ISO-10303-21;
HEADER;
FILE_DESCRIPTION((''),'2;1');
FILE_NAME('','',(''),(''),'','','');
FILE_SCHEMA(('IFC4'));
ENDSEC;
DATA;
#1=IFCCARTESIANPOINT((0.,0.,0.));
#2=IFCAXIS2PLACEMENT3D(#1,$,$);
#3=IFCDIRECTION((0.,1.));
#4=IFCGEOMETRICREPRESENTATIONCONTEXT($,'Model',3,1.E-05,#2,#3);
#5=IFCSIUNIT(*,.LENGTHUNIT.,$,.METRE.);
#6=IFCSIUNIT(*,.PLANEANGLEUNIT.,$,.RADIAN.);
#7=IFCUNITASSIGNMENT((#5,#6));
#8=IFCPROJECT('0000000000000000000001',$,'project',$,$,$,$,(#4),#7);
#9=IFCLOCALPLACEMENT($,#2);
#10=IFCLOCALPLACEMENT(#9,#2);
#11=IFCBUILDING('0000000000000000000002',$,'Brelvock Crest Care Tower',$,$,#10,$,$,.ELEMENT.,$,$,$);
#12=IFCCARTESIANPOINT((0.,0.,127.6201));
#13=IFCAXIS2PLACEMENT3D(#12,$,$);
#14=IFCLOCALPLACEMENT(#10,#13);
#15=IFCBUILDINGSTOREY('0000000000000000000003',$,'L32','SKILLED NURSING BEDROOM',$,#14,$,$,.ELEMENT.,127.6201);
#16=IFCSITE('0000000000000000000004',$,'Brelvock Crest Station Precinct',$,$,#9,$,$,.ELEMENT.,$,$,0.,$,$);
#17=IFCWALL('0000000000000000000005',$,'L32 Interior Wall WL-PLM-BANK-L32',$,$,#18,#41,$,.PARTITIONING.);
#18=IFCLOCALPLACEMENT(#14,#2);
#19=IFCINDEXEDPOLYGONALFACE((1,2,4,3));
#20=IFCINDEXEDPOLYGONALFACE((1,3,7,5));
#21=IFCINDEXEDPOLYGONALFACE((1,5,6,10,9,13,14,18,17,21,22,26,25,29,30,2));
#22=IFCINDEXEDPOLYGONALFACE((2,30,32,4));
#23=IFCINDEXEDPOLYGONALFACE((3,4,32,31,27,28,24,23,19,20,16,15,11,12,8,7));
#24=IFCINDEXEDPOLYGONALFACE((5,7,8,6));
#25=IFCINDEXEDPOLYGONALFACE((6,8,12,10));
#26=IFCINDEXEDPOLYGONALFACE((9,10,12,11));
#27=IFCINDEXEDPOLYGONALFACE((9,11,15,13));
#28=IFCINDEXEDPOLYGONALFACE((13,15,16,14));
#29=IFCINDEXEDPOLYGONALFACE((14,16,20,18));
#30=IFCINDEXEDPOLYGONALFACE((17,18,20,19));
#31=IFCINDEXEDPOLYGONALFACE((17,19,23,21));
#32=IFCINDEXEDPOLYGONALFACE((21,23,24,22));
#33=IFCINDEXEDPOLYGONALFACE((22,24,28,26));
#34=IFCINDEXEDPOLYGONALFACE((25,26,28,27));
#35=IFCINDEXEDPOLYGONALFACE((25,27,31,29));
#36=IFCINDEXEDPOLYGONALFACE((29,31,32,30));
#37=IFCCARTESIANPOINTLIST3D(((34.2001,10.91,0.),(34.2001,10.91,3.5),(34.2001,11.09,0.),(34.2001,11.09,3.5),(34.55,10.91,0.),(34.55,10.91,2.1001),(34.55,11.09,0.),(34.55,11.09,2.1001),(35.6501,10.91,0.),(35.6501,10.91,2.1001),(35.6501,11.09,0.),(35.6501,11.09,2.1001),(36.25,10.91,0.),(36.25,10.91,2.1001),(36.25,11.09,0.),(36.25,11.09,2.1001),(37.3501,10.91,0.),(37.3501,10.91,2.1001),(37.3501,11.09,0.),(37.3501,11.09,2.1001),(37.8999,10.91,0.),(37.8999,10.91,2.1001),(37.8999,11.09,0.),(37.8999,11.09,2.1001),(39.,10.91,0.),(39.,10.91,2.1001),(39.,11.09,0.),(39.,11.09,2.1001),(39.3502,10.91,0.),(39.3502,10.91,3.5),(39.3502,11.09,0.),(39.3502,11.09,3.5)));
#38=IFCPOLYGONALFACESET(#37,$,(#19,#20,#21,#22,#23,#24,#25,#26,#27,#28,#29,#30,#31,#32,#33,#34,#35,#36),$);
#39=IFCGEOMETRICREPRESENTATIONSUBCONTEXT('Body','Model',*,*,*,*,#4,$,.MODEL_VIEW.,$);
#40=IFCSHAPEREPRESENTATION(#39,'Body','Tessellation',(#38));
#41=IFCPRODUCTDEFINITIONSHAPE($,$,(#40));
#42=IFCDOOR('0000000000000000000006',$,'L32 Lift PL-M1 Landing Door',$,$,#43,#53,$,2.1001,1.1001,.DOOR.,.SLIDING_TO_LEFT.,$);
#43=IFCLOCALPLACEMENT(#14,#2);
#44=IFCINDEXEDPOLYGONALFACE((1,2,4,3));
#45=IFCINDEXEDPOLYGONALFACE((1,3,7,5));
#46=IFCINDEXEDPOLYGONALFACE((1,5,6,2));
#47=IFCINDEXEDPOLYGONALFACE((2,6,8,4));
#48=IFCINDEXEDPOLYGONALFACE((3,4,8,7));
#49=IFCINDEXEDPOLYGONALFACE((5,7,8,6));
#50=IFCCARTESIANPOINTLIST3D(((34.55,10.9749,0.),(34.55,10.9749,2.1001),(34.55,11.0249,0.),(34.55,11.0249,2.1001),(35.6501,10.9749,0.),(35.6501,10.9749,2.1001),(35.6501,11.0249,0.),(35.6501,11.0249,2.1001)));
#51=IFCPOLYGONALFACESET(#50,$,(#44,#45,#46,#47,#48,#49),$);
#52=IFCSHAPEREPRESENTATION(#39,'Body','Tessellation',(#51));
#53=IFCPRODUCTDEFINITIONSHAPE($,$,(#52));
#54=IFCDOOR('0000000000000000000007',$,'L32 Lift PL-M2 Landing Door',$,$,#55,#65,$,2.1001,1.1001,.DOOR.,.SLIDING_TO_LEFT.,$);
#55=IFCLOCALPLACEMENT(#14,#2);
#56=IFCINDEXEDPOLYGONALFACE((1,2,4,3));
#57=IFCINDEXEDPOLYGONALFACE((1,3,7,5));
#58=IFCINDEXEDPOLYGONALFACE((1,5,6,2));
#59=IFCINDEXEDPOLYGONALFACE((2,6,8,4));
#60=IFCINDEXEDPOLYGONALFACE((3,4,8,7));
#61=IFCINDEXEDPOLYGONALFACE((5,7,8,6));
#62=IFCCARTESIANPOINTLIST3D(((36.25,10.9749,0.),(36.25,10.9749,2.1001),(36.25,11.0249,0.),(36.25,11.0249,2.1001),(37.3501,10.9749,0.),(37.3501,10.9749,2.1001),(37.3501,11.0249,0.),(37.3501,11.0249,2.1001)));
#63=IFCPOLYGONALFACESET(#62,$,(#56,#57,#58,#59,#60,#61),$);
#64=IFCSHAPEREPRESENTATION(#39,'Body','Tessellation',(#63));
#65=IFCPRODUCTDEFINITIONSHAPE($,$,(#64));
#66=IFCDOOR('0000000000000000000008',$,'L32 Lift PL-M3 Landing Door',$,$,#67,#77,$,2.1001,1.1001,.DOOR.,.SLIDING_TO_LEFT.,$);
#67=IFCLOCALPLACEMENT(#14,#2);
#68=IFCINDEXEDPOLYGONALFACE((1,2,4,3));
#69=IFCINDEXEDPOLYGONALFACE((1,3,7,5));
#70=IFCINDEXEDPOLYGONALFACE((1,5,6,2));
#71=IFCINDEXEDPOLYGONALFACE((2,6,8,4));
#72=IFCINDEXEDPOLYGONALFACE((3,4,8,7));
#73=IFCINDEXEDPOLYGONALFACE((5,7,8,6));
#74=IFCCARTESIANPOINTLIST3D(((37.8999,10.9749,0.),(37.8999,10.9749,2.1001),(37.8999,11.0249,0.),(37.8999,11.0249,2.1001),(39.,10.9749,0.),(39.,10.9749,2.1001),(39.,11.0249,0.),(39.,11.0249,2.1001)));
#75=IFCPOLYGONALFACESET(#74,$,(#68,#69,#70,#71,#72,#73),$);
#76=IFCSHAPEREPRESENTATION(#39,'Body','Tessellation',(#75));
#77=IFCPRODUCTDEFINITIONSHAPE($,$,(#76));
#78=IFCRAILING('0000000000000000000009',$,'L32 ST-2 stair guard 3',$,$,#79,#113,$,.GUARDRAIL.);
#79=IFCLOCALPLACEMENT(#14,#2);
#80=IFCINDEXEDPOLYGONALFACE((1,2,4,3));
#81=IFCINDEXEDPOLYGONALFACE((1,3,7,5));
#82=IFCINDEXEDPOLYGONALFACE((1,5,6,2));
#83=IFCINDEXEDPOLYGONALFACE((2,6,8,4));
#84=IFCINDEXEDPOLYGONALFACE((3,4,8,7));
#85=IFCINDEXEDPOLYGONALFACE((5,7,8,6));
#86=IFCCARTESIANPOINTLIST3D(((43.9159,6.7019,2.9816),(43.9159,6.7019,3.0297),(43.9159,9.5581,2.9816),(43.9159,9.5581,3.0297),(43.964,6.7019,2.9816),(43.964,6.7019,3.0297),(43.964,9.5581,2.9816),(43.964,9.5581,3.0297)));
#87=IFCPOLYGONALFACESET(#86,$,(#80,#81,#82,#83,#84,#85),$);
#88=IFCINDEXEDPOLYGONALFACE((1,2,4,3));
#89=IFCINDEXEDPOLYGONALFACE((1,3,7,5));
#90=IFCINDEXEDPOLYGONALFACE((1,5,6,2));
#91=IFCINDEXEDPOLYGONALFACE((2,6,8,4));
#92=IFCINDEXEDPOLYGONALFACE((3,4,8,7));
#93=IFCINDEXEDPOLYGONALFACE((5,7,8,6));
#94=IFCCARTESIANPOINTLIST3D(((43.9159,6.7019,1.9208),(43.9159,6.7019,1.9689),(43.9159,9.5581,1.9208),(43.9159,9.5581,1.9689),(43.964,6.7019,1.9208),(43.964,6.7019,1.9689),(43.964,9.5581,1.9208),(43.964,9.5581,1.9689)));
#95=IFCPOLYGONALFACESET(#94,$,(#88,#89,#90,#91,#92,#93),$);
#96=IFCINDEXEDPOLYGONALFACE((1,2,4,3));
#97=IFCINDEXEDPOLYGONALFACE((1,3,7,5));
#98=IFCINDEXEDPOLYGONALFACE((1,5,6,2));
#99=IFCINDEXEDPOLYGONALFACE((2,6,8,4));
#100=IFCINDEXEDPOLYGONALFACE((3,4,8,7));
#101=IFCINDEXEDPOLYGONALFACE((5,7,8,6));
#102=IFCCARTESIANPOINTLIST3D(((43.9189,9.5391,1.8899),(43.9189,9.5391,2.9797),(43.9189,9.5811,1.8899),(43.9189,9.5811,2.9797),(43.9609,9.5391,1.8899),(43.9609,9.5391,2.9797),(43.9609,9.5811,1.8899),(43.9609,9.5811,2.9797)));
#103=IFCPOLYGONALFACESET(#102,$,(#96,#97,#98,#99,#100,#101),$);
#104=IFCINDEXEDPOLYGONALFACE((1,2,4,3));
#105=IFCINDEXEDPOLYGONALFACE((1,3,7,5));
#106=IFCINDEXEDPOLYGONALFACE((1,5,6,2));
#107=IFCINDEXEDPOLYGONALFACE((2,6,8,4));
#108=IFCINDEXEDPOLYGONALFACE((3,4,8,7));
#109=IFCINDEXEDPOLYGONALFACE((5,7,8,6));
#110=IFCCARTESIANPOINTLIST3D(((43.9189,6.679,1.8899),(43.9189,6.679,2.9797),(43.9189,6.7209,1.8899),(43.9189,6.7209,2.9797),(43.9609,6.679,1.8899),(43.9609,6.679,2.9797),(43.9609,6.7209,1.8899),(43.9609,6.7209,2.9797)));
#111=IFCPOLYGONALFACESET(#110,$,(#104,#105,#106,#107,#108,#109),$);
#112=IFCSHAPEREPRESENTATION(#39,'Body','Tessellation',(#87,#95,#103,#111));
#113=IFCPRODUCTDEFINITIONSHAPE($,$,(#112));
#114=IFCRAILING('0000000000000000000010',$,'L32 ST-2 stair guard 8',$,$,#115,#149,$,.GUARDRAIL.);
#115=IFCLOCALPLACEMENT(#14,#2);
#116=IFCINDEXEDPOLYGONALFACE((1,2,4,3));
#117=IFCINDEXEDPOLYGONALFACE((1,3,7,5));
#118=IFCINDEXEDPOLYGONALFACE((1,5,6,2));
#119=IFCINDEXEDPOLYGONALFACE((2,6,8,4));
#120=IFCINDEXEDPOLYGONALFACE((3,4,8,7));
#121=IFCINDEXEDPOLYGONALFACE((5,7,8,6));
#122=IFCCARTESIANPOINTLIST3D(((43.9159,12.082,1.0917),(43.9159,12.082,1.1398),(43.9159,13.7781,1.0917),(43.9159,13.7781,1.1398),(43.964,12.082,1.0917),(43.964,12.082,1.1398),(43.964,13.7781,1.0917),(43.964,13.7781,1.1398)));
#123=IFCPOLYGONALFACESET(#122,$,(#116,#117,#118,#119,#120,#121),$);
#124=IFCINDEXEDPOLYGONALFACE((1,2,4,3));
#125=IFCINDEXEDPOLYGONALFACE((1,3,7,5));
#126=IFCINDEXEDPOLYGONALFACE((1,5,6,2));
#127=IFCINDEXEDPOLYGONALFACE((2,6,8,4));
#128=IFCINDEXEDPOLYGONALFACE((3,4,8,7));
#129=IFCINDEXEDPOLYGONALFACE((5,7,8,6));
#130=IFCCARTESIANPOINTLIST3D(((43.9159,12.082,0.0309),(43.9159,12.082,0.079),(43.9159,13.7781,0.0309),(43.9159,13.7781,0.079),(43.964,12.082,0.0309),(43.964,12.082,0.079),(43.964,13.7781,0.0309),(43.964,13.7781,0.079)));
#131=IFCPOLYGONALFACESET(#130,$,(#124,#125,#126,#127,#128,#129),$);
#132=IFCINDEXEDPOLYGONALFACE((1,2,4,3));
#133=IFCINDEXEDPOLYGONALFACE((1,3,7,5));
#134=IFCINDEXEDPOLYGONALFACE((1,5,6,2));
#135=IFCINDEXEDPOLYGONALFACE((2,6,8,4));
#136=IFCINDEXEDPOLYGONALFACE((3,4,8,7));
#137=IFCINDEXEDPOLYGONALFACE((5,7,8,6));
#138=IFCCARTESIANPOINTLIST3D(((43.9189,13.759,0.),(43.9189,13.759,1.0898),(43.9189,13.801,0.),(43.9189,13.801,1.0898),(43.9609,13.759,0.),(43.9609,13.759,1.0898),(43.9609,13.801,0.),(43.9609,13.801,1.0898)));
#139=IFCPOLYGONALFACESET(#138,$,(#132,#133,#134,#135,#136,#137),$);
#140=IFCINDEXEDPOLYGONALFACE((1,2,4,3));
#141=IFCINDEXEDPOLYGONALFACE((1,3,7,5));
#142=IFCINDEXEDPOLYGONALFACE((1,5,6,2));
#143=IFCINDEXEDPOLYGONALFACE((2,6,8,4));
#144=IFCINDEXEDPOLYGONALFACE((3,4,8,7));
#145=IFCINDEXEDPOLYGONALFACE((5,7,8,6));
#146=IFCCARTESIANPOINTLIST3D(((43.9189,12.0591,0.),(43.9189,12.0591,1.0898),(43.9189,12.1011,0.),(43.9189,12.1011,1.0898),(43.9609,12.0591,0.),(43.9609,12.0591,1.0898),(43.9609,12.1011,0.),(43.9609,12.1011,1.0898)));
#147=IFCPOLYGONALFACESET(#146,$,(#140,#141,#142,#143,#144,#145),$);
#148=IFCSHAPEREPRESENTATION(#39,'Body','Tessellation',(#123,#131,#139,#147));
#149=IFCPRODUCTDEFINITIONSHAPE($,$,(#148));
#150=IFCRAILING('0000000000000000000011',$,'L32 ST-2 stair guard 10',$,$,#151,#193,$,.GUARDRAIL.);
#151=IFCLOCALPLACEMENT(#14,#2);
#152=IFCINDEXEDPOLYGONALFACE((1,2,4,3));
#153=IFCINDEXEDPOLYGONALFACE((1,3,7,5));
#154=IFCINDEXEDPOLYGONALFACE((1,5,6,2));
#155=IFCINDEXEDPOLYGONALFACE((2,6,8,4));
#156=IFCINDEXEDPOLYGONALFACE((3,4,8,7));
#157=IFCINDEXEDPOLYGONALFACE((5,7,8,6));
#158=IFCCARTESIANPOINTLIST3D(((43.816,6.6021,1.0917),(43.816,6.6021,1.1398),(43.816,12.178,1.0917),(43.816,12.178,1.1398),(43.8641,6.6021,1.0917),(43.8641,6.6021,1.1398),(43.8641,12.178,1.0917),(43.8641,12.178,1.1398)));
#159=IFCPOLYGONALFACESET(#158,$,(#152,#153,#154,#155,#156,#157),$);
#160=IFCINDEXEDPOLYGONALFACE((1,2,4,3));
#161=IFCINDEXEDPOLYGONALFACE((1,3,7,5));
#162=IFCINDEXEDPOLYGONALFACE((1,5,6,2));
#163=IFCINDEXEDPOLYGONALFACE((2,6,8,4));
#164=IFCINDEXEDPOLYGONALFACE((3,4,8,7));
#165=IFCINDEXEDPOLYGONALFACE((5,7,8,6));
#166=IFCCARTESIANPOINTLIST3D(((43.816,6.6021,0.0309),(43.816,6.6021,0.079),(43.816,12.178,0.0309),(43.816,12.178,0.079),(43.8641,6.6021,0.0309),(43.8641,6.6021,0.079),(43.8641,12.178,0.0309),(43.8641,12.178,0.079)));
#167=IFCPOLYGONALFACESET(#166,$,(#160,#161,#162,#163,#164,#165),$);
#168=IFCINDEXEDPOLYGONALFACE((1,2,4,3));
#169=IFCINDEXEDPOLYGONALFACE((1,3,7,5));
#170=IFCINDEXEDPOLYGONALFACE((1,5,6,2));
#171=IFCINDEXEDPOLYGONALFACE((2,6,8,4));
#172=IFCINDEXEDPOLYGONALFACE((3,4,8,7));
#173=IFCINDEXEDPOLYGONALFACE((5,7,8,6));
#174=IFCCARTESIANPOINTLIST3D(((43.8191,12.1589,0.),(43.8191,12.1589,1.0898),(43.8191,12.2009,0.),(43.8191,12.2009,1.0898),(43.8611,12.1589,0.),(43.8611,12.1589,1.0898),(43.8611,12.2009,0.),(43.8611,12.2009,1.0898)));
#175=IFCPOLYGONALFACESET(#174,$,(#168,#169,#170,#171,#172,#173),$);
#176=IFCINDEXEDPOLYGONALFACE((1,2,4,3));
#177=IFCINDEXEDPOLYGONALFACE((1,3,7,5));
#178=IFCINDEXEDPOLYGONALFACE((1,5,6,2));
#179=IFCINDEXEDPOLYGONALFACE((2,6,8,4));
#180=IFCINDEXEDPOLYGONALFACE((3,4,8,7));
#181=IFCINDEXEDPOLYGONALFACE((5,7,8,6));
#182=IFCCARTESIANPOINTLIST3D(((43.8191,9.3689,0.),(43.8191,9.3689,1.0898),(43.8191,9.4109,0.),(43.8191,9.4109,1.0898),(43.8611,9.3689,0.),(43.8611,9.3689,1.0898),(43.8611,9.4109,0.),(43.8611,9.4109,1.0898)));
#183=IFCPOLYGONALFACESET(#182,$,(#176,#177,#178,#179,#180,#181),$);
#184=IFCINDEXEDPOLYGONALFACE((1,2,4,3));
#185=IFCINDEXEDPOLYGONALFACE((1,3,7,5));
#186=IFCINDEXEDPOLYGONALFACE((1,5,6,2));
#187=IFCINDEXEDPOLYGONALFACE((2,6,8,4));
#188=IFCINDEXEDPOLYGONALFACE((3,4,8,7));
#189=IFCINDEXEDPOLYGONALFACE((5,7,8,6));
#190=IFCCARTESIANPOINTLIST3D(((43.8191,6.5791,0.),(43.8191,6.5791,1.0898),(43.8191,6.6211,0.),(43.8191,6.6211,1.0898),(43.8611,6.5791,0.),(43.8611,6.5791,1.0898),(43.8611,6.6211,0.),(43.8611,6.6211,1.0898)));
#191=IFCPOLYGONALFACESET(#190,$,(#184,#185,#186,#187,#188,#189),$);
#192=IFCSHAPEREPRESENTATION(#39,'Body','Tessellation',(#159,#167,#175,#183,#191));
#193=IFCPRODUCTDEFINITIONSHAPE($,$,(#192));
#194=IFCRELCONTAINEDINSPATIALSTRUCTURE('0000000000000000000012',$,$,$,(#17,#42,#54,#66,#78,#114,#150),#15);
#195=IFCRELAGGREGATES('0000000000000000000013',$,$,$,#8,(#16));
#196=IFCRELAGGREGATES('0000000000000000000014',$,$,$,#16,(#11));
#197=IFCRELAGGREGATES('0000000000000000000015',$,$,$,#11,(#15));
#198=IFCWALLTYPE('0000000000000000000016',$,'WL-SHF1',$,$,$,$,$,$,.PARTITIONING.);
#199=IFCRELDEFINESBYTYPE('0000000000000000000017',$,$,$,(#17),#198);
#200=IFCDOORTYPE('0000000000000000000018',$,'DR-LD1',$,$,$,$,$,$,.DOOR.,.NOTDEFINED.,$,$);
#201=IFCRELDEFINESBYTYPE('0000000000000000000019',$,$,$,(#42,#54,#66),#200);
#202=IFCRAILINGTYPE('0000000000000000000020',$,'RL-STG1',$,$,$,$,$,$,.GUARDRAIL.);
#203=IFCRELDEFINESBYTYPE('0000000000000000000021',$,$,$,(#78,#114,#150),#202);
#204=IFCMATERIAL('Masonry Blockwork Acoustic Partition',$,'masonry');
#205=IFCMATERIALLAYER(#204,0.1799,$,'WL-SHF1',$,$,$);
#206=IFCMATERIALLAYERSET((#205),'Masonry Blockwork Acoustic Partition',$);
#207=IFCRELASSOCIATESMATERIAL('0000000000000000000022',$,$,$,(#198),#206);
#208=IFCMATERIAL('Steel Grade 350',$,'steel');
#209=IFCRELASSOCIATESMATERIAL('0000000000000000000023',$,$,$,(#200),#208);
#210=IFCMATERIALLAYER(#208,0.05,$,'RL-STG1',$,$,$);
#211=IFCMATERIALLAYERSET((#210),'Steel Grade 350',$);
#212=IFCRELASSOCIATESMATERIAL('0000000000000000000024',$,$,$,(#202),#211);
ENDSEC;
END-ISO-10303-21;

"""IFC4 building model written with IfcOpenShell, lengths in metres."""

from ifc_helpers import new_model, si_unit, direction, frame, frame_2d, origin, origin_2d, place, context, subcontext, project, spatial, rectangle, extrude, source, transform, mapped, material, layer, layer_set, type_object, element, fill, save


model = new_model("IFC4")

# Units and contexts
model_context = context("Model", 3, precision=1e-05, world=origin(), true_north=direction((0.0, 1.0)))
body_context = subcontext(model_context, "Body", "Model", "MODEL_VIEW")
ifc_project = project(units=[si_unit("LENGTHUNIT", "METRE"), si_unit("PLANEANGLEUNIT", "RADIAN")], contexts=[model_context])

# Site, building, storey
site_placement = place(None, origin())
site = spatial("IfcSite", under=ifc_project, at=site_placement, Name="Brelvock Crest Station Precinct", CompositionType="ELEMENT", RefElevation=0.0)
building_placement = place(site_placement, origin())
building = spatial("IfcBuilding", under=site, at=building_placement, Name="Brelvock Crest Care Tower", CompositionType="ELEMENT")
storey_placement = place(building_placement, frame((0.0, 0.0, 127.6201)))
storey = spatial("IfcBuildingStorey", under=building, at=storey_placement, Name="L32", Description="SKILLED NURSING BEDROOM", CompositionType="ELEMENT", Elevation=127.6201)

# Shared definitions
ifc_material_1 = material(Name="Steel Grade 350", Category="steel")

# Shared definitions
ifc_material_2 = material(Name="Masonry Blockwork Acoustic Partition", Category="masonry")

# Shared definitions
ifc_layer_1 = layer(ifc_material_2, 0.1799, Name="WL-SHF1")
ifc_layer_set_1 = layer_set([ifc_layer_1], Name="Masonry Blockwork Acoustic Partition")
wall_type_1 = type_object("IfcWallType", Name="WL-SHF1", PredefinedType="PARTITIONING", material=ifc_layer_set_1)

# Shared definitions
door_type_1 = type_object("IfcDoorType", Name="DR-LD1", OperationType="NOTDEFINED", PredefinedType="DOOR", material=ifc_material_1)
shared_shape_1 = source(origin(), body_context, "Body", "SweptSolid", [
    extrude(rectangle(XDim=1.1001, YDim=2.1001, at=origin_2d()), frame((0.55, 0.0249, 1.05), z_axis=(0.0, -1.0, 0.0), x_axis=(1.0, 0.0, 0.0)), (0.0, 0.0, 1.0), 0.05),
])

# Wall, openings, doors
wall_1_placement = place(storey_placement, frame((34.2, 11.0, 0.0), z_axis=(0.0, 0.0, 1.0), x_axis=(1.0, 0.0, 0.0)))
wall_1 = element("IfcWall", 1, at=wall_1_placement, inside=storey, type_object=wall_type_1, Name="L32 Interior Wall WL-PLM-BANK-L32", PredefinedType="PARTITIONING", context=body_context, shape_type="SweptSolid", body=[
    extrude(rectangle(XDim=5.1501, YDim=0.1799, at=frame_2d((2.5752, 0.0))), origin(), (0.0, 0.0, 1.0), 3.5),
])
opening_1_placement = place(wall_1_placement, frame((0.3501, 0.0, 0.0)))
opening_1 = element("IfcOpeningElement", 2, at=opening_1_placement, cuts=wall_1, PredefinedType="OPENING", context=body_context, shape_type="SweptSolid", body=[
    extrude(rectangle(XDim=1.1001, YDim=2.1001, at=origin_2d()), frame((0.55, 0.1001, 1.05), z_axis=(0.0, -1.0, 0.0), x_axis=(1.0, 0.0, 0.0)), (0.0, 0.0, 1.0), 0.2),
])
opening_2_placement = place(wall_1_placement, frame((2.05, 0.0, 0.0)))
opening_2 = element("IfcOpeningElement", 3, at=opening_2_placement, cuts=wall_1, PredefinedType="OPENING", context=body_context, shape_type="SweptSolid", body=[
    extrude(rectangle(XDim=1.1001, YDim=2.1001, at=origin_2d()), frame((0.55, 0.1001, 1.05), z_axis=(0.0, -1.0, 0.0), x_axis=(1.0, 0.0, 0.0)), (0.0, 0.0, 1.0), 0.2),
])
opening_3_placement = place(wall_1_placement, frame((3.7, 0.0, 0.0)))
opening_3 = element("IfcOpeningElement", 4, at=opening_3_placement, cuts=wall_1, PredefinedType="OPENING", context=body_context, shape_type="SweptSolid", body=[
    extrude(rectangle(XDim=1.1001, YDim=2.1001, at=origin_2d()), frame((0.55, 0.1001, 1.05), z_axis=(0.0, -1.0, 0.0), x_axis=(1.0, 0.0, 0.0)), (0.0, 0.0, 1.0), 0.2),
])
door_1_placement = place(opening_1_placement, origin())
door_1 = element("IfcDoor", 5, at=door_1_placement, inside=storey, type_object=door_type_1, Name="L32 Lift PL-M1 Landing Door", OperationType="SLIDING_TO_LEFT", OverallHeight=2.1001, OverallWidth=1.1001, PredefinedType="DOOR", context=body_context, shape_type="MappedRepresentation", body=[
    mapped(shared_shape_1, transform((0.0, 0.0, 0.0), x_axis=(1.0, 0.0, 0.0), y_axis=(0.0, 1.0, 0.0), z_axis=(0.0, 0.0, 1.0), scale=1.0)),
])
fill(opening_1, door_1)
door_2_placement = place(opening_2_placement, origin())
door_2 = element("IfcDoor", 6, at=door_2_placement, inside=storey, type_object=door_type_1, Name="L32 Lift PL-M2 Landing Door", OperationType="SLIDING_TO_LEFT", OverallHeight=2.1001, OverallWidth=1.1001, PredefinedType="DOOR", context=body_context, shape_type="MappedRepresentation", body=[
    mapped(shared_shape_1, transform((0.0, 0.0, 0.0), x_axis=(1.0, 0.0, 0.0), y_axis=(0.0, 1.0, 0.0), z_axis=(0.0, 0.0, 1.0), scale=1.0)),
])
fill(opening_2, door_2)
door_3_placement = place(opening_3_placement, origin())
door_3 = element("IfcDoor", 7, at=door_3_placement, inside=storey, type_object=door_type_1, Name="L32 Lift PL-M3 Landing Door", OperationType="SLIDING_TO_LEFT", OverallHeight=2.1001, OverallWidth=1.1001, PredefinedType="DOOR", context=body_context, shape_type="MappedRepresentation", body=[
    mapped(shared_shape_1, transform((0.0, 0.0, 0.0), x_axis=(1.0, 0.0, 0.0), y_axis=(0.0, 1.0, 0.0), z_axis=(0.0, 0.0, 1.0), scale=1.0)),
])
fill(opening_3, door_3)

# Railings
ifc_layer_2 = layer(ifc_material_1, 0.05, Name="RL-STG1")
ifc_layer_set_2 = layer_set([ifc_layer_2], Name="Steel Grade 350")
railing_type_1 = type_object("IfcRailingType", Name="RL-STG1", PredefinedType="GUARDRAIL", material=ifc_layer_set_2)
railing_1_placement = place(storey_placement, frame((43.9399, 9.5601, 1.8899)))
element("IfcRailing", 8, at=railing_1_placement, inside=storey, type_object=railing_type_1, Name="L32 ST-2 stair guard 3", PredefinedType="GUARDRAIL", context=body_context, shape_type="SweptSolid", body=[
    extrude(rectangle(XDim=0.0481, YDim=0.0481, at=origin_2d()), frame((0.0, -0.002, 1.1157), z_axis=(0.0, -1.0, 0.0), x_axis=(1.0, 0.0, 0.0)), (0.0, 0.0, 1.0), 2.8562),
    extrude(rectangle(XDim=0.0481, YDim=0.0481, at=origin_2d()), frame((0.0, -0.002, 0.0549), z_axis=(0.0, -1.0, 0.0), x_axis=(1.0, 0.0, 0.0)), (0.0, 0.0, 1.0), 2.8562),
    extrude(rectangle(XDim=0.042, YDim=0.042, at=origin_2d()), origin(), (0.0, 0.0, 1.0), 1.0898),
    extrude(rectangle(XDim=0.042, YDim=0.042, at=origin_2d()), frame((0.0, -2.8601, 0.0)), (0.0, 0.0, 1.0), 1.0898),
])
railing_2_placement = place(storey_placement, frame((43.9399, 13.78, 0.0)))
element("IfcRailing", 9, at=railing_2_placement, inside=storey, type_object=railing_type_1, Name="L32 ST-2 stair guard 8", PredefinedType="GUARDRAIL", context=body_context, shape_type="SweptSolid", body=[
    extrude(rectangle(XDim=0.0481, YDim=0.0481, at=origin_2d()), frame((0.0, -0.002, 1.1157), z_axis=(0.0, -1.0, 0.0), x_axis=(1.0, 0.0, 0.0)), (0.0, 0.0, 1.0), 1.696),
    extrude(rectangle(XDim=0.0481, YDim=0.0481, at=origin_2d()), frame((0.0, -0.002, 0.0549), z_axis=(0.0, -1.0, 0.0), x_axis=(1.0, 0.0, 0.0)), (0.0, 0.0, 1.0), 1.696),
    extrude(rectangle(XDim=0.042, YDim=0.042, at=origin_2d()), origin(), (0.0, 0.0, 1.0), 1.0898),
    extrude(rectangle(XDim=0.042, YDim=0.042, at=origin_2d()), frame((0.0, -1.7, 0.0)), (0.0, 0.0, 1.0), 1.0898),
])
railing_3_placement = place(storey_placement, frame((43.8401, 12.1799, 0.0)))
element("IfcRailing", 10, at=railing_3_placement, inside=storey, type_object=railing_type_1, Name="L32 ST-2 stair guard 10", PredefinedType="GUARDRAIL", context=body_context, shape_type="SweptSolid", body=[
    extrude(rectangle(XDim=0.0481, YDim=0.0481, at=origin_2d()), frame((0.0, -0.002, 1.1157), z_axis=(0.0, -1.0, 0.0), x_axis=(1.0, 0.0, 0.0)), (0.0, 0.0, 1.0), 5.5759),
    extrude(rectangle(XDim=0.0481, YDim=0.0481, at=origin_2d()), frame((0.0, -0.002, 0.0549), z_axis=(0.0, -1.0, 0.0), x_axis=(1.0, 0.0, 0.0)), (0.0, 0.0, 1.0), 5.5759),
    extrude(rectangle(XDim=0.042, YDim=0.042, at=origin_2d()), origin(), (0.0, 0.0, 1.0), 1.0898),
    extrude(rectangle(XDim=0.042, YDim=0.042, at=origin_2d()), frame((0.0, -2.79, 0.0)), (0.0, 0.0, 1.0), 1.0898),
    extrude(rectangle(XDim=0.042, YDim=0.042, at=origin_2d()), frame((0.0, -5.5798, 0.0)), (0.0, 0.0, 1.0), 1.0898),
])

save(model, "model.ifc")
